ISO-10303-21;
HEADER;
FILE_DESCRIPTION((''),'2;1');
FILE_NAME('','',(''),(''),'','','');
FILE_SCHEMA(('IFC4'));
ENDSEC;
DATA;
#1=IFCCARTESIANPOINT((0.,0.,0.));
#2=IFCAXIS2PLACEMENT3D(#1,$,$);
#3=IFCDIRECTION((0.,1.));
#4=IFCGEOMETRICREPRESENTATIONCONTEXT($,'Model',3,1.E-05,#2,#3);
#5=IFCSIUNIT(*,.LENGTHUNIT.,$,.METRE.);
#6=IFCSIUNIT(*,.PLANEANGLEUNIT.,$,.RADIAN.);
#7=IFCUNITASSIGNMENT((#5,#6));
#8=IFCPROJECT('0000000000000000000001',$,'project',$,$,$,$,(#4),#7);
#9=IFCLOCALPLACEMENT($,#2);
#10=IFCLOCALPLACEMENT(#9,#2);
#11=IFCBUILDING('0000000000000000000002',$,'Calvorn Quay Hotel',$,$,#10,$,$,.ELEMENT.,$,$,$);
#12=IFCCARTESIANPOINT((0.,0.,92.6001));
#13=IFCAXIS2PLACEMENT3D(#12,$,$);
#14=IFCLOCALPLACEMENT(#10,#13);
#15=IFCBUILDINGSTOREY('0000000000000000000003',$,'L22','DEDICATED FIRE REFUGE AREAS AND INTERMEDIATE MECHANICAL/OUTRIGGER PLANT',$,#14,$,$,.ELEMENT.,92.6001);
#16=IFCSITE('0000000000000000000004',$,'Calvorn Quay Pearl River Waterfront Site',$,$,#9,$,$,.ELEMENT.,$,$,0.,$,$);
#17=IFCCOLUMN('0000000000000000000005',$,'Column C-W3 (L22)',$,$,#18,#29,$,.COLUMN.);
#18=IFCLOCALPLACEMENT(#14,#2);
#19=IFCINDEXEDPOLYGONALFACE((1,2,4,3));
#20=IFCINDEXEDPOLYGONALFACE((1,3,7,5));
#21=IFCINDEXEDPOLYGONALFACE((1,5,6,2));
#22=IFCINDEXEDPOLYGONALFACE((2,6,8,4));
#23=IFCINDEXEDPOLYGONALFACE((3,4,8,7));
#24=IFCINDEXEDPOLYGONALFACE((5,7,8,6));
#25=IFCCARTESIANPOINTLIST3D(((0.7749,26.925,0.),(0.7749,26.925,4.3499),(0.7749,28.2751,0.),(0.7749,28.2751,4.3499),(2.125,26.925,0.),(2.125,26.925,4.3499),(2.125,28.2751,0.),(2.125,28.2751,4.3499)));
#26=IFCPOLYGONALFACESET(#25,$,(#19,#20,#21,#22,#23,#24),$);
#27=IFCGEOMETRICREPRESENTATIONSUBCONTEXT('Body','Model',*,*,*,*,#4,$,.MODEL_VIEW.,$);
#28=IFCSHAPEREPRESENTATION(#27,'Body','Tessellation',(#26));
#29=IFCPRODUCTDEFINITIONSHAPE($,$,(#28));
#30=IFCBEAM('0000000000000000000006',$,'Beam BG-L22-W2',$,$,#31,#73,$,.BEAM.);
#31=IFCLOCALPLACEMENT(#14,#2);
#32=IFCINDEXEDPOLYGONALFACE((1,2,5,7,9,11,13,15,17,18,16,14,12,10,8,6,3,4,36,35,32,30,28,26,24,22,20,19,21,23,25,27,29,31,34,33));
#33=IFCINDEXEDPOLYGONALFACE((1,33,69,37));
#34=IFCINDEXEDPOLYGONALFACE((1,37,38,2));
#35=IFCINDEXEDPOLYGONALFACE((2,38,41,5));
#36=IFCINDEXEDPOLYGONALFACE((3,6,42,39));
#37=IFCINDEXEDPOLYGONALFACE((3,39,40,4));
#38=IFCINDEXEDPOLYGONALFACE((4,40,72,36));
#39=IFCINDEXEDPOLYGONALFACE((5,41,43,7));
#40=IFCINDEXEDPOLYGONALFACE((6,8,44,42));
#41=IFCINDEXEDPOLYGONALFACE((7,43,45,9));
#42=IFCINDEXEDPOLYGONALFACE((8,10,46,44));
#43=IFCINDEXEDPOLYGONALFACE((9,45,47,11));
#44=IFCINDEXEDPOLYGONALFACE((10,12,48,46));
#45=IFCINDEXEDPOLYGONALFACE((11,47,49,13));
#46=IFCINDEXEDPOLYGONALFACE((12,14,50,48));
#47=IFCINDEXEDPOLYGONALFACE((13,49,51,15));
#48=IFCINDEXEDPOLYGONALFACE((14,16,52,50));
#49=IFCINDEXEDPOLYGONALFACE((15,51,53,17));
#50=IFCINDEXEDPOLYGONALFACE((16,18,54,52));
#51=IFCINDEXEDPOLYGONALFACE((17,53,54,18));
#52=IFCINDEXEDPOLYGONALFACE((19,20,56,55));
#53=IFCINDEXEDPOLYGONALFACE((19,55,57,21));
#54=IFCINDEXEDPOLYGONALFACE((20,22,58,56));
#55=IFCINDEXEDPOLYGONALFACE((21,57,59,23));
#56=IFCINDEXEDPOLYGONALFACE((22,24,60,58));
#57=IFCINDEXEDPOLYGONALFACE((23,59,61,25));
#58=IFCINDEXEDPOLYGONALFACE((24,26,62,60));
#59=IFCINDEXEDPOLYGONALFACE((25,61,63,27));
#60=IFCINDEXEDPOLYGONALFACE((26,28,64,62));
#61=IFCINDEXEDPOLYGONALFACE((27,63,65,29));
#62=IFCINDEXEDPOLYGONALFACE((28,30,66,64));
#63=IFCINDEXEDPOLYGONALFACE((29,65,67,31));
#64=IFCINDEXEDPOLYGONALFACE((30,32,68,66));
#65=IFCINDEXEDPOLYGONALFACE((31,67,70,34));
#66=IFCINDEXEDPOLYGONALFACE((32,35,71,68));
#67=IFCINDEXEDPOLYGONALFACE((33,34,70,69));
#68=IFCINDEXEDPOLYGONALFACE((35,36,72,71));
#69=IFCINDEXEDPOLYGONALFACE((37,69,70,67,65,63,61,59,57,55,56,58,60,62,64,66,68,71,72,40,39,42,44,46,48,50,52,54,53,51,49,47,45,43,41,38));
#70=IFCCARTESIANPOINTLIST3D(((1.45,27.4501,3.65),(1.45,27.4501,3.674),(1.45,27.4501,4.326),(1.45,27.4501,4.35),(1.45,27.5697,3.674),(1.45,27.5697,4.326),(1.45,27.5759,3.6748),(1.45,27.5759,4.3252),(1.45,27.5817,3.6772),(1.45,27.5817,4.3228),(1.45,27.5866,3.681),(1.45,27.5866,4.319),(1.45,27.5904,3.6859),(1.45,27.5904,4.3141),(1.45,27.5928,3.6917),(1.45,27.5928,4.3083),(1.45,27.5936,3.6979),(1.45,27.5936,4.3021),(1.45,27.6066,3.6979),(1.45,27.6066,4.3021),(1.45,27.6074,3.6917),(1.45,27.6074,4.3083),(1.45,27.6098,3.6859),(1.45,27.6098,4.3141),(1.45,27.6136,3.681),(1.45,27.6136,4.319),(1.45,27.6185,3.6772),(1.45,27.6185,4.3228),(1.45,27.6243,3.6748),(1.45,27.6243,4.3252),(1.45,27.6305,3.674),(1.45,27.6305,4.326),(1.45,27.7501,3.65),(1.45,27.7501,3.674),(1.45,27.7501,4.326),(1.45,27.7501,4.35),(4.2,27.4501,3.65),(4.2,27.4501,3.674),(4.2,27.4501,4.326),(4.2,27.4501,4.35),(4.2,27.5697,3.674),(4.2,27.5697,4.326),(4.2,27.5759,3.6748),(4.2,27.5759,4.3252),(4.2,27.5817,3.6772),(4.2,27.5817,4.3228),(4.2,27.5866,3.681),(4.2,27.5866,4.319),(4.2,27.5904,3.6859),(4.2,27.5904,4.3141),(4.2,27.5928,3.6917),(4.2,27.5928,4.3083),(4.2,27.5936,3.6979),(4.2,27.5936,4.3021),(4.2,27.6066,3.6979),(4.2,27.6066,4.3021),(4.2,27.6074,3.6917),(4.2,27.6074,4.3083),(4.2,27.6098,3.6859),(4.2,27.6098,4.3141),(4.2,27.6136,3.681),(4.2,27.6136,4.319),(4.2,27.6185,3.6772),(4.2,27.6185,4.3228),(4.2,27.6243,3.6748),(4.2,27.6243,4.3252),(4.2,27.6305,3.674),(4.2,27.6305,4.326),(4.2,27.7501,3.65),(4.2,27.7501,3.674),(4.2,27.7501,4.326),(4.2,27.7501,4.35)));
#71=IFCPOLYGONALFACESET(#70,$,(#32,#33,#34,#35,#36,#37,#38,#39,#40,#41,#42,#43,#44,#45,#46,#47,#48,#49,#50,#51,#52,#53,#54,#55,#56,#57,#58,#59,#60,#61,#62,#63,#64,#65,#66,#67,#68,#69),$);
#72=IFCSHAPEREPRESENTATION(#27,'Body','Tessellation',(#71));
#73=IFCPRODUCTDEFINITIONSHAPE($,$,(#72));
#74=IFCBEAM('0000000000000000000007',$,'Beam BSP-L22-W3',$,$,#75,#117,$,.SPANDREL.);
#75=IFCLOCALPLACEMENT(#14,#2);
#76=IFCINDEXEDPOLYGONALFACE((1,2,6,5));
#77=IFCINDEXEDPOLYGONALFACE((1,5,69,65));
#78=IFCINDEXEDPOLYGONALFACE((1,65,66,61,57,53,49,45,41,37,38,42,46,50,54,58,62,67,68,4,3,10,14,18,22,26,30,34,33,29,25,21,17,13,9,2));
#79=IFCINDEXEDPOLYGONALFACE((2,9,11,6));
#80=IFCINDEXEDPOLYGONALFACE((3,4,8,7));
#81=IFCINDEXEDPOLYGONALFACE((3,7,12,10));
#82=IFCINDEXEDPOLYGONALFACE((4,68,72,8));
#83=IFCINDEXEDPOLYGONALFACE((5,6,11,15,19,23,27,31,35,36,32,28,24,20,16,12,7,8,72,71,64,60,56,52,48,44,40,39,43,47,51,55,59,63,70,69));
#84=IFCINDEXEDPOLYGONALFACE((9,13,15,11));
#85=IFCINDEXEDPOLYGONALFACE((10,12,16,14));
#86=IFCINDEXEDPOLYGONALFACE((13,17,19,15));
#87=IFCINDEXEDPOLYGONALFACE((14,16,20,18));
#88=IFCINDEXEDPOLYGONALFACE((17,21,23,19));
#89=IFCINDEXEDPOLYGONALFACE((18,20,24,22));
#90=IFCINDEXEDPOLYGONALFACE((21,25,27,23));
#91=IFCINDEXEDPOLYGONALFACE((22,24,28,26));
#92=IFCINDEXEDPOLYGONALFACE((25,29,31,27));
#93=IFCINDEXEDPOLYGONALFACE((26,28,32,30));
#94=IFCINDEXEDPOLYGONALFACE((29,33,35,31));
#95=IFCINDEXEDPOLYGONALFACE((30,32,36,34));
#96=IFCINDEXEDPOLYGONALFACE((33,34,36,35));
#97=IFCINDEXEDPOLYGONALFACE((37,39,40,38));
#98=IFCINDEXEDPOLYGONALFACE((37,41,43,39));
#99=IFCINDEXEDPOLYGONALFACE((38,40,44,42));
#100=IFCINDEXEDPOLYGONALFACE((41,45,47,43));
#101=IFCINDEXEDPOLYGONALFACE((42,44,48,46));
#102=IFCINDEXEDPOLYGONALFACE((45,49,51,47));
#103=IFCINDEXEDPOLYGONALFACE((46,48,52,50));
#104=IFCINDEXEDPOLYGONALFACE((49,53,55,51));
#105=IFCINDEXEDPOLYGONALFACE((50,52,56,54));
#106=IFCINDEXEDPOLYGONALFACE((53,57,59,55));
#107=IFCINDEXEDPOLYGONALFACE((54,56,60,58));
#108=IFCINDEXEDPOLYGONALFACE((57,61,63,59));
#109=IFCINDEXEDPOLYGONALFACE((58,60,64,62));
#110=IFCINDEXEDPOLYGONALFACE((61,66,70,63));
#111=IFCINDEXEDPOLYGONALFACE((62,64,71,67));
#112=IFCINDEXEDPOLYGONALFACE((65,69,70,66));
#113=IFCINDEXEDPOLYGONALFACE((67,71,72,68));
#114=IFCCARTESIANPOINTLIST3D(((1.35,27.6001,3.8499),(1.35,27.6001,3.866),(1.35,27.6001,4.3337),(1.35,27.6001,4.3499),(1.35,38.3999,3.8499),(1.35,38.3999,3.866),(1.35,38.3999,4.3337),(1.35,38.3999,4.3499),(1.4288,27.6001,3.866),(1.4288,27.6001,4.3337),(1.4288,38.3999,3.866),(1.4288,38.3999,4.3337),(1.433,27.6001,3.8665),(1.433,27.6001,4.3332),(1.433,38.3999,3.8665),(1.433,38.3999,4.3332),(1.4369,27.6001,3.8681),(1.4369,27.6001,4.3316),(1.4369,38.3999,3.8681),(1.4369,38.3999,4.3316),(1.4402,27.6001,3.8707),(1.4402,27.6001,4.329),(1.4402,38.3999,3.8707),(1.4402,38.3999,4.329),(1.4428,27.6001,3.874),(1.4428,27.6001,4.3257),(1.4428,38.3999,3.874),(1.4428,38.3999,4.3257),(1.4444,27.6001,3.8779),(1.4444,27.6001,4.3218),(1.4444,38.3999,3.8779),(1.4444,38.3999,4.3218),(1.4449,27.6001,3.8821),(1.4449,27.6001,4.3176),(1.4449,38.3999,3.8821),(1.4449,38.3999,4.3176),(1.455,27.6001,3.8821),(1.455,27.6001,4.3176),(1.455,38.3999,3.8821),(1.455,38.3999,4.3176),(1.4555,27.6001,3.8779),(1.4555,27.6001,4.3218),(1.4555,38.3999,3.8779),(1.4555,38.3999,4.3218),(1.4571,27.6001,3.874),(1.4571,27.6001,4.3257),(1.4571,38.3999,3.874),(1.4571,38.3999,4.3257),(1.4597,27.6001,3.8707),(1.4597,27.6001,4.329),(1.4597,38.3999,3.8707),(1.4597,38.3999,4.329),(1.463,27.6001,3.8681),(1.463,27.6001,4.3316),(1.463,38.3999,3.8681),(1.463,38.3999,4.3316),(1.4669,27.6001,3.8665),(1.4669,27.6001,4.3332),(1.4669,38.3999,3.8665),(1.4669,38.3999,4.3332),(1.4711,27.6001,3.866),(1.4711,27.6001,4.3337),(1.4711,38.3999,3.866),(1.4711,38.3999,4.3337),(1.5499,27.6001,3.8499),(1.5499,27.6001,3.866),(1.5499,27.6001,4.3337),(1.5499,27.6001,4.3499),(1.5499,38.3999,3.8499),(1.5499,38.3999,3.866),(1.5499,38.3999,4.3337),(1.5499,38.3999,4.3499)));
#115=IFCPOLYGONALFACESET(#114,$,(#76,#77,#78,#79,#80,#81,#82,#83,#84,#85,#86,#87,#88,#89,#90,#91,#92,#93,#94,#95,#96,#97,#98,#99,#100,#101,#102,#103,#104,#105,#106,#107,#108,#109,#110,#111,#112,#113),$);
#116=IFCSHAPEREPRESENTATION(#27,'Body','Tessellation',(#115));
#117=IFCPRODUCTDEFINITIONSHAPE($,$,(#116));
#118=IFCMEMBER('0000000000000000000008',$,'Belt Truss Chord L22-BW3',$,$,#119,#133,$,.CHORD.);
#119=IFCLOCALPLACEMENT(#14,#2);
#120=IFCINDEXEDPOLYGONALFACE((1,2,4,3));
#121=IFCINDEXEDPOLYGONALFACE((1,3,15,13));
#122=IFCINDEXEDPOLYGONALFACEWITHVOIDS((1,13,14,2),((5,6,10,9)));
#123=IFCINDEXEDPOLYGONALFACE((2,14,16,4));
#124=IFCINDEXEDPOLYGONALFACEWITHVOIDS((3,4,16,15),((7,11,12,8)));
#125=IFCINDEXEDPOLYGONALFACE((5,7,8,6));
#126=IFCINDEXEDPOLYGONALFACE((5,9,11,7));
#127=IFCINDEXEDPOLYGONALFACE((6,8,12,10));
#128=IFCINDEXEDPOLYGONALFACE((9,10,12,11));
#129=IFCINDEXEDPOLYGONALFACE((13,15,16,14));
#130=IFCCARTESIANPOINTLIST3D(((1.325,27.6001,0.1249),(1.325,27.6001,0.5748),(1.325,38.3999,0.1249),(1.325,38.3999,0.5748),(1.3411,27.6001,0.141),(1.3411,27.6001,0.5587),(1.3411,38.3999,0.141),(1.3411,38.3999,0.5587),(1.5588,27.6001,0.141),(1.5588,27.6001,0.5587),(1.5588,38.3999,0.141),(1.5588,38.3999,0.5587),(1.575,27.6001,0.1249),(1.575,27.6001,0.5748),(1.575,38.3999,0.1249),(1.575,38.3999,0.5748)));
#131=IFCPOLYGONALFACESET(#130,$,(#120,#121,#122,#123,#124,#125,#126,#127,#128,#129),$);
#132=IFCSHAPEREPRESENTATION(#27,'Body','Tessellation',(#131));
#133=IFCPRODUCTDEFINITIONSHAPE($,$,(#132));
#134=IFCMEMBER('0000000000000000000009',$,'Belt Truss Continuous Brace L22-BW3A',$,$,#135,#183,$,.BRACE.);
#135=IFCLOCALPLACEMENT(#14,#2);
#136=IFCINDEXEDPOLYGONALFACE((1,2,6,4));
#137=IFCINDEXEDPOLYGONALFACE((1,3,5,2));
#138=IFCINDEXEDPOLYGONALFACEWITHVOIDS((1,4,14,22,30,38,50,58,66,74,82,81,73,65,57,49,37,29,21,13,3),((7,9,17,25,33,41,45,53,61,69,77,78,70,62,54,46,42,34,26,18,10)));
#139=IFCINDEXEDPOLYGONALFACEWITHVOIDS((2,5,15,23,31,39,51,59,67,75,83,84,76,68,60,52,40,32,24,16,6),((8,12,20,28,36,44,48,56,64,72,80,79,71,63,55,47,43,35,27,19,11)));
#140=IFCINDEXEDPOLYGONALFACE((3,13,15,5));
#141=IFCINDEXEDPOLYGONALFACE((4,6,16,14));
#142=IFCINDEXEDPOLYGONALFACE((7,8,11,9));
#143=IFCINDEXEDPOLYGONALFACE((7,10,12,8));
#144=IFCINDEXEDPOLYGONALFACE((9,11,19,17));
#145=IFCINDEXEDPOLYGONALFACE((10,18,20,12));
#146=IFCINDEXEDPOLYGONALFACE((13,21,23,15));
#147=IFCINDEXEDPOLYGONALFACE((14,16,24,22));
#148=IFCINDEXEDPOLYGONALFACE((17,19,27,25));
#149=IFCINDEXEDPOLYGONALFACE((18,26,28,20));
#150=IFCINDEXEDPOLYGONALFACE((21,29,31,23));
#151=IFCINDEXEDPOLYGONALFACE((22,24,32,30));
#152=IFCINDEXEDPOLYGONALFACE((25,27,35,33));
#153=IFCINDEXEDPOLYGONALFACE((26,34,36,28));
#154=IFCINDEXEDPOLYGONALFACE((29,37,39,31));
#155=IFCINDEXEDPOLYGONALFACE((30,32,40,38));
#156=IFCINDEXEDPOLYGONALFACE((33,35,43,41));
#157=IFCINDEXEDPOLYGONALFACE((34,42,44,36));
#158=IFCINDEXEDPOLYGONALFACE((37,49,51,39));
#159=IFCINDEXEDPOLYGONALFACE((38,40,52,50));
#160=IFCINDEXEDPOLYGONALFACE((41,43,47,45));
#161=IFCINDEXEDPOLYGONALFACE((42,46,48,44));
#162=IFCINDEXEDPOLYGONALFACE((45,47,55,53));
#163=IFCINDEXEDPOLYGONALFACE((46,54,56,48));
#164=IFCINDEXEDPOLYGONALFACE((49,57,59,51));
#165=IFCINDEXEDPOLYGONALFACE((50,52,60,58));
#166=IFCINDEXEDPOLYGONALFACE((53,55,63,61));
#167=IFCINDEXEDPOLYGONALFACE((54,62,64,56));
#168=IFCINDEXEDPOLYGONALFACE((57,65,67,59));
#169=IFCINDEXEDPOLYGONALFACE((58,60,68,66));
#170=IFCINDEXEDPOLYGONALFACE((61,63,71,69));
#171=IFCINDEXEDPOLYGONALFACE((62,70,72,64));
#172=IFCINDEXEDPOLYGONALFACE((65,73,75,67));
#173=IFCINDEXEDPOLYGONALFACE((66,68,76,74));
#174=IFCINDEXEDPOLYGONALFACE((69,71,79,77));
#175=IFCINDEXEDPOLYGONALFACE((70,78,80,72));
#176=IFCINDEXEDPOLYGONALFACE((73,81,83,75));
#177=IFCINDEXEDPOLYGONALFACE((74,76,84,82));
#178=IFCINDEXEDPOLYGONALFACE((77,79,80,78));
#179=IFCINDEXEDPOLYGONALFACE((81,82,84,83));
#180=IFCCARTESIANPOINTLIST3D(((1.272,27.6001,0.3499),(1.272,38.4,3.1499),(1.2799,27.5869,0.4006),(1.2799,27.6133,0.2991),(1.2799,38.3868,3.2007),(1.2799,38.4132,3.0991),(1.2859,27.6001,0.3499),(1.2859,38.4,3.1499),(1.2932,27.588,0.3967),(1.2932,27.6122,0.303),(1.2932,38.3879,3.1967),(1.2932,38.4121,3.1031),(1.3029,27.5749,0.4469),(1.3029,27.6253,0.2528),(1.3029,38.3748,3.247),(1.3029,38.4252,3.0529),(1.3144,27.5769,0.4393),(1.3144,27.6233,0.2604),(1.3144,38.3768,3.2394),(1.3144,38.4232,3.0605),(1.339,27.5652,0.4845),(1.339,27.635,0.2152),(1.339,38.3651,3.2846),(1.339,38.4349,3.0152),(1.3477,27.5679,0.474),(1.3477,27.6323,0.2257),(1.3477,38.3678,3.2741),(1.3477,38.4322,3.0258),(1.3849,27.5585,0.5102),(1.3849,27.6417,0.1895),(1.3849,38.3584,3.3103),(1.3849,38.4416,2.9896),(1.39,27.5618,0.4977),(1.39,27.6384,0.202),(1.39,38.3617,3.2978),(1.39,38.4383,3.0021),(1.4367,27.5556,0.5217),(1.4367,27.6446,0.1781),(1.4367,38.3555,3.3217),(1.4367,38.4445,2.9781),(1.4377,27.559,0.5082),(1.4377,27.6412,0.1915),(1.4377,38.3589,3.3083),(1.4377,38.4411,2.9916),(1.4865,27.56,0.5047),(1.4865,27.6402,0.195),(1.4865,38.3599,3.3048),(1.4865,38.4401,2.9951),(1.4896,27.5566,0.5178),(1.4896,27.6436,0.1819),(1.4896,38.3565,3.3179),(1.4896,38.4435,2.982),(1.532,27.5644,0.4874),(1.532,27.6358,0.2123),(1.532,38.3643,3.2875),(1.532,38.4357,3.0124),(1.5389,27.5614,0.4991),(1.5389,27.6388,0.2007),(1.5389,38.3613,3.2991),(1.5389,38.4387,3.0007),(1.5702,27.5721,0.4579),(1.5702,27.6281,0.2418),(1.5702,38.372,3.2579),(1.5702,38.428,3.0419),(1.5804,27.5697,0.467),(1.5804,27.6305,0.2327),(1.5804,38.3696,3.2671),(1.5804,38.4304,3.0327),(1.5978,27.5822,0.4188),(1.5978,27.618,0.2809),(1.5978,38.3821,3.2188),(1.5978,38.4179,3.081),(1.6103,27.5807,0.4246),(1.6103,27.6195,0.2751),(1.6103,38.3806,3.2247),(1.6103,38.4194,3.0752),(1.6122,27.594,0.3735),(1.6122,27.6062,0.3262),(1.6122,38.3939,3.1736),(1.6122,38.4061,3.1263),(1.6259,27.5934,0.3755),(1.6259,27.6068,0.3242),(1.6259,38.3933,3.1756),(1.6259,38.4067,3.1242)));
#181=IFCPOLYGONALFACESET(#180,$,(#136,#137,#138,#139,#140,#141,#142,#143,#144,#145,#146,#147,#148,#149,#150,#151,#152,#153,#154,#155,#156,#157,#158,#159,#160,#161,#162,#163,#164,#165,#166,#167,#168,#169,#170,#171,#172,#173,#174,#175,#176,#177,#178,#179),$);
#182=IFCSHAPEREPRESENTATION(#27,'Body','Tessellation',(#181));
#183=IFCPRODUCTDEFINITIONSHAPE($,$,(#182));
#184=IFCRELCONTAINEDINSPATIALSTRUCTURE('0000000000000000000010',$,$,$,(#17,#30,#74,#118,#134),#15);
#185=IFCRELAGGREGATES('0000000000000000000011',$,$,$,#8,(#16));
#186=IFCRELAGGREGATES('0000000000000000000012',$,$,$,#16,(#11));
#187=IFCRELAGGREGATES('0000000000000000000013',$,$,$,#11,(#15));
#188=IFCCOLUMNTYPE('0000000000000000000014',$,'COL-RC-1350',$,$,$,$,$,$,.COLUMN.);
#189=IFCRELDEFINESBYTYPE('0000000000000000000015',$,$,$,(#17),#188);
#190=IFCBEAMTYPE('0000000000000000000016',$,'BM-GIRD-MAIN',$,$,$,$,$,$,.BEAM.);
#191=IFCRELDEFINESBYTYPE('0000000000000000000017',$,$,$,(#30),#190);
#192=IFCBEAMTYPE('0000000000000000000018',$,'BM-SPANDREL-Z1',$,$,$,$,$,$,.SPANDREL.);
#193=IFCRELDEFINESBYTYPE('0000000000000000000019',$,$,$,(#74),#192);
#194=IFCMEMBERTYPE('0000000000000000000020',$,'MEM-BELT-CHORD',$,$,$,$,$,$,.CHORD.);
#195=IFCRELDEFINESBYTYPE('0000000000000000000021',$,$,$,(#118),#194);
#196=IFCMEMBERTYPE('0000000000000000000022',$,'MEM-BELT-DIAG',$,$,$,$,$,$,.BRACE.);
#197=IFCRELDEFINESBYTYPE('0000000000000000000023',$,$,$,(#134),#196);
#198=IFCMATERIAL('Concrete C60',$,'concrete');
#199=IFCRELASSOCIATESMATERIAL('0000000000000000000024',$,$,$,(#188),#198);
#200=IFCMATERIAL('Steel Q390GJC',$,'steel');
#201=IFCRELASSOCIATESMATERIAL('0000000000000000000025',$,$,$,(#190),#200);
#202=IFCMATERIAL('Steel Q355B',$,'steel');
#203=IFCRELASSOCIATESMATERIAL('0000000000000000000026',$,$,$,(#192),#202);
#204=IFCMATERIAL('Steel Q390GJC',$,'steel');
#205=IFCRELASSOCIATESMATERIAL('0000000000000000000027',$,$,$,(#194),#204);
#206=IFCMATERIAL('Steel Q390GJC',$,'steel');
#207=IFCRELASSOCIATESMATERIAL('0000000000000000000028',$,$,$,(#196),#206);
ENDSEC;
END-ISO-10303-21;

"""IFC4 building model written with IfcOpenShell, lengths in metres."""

from ifc_helpers import new_model, si_unit, direction, frame, origin, origin_2d, place, context, subcontext, project, spatial, rectangle, hollow_rectangle, hollow_circle, i_section, extrude, material, material_profile, profile_set, type_object, element, save


model = new_model("IFC4")

# Units and contexts
model_context = context("Model", 3, precision=1e-05, world=origin(), true_north=direction((0.0, 1.0)))
body_context = subcontext(model_context, "Body", "Model", "MODEL_VIEW")
ifc_project = project(units=[si_unit("LENGTHUNIT", "METRE"), si_unit("PLANEANGLEUNIT", "RADIAN")], contexts=[model_context])

# Site, building, storey
site_placement = place(None, origin())
site = spatial("IfcSite", under=ifc_project, at=site_placement, Name="Calvorn Quay Pearl River Waterfront Site", CompositionType="ELEMENT", RefElevation=0.0)
building_placement = place(site_placement, origin())
building = spatial("IfcBuilding", under=site, at=building_placement, Name="Calvorn Quay Hotel", CompositionType="ELEMENT")
storey_placement = place(building_placement, frame((0.0, 0.0, 92.6001)))
storey = spatial("IfcBuildingStorey", under=building, at=storey_placement, Name="L22", Description="DEDICATED FIRE REFUGE AREAS AND INTERMEDIATE MECHANICAL/OUTRIGGER PLANT", CompositionType="ELEMENT", Elevation=92.6001)

# Column
ifc_material_1 = material(Name="Concrete C60", Category="concrete")
ifc_material_profile_1 = material_profile(ifc_material_1, rectangle(XDim=1.3501, YDim=1.3501, at=origin_2d()), Name="RC1350x1350")
ifc_profile_set_1 = profile_set([ifc_material_profile_1], Name="Concrete C60")
column_type = type_object("IfcColumnType", Name="COL-RC-1350", PredefinedType="COLUMN", material=ifc_profile_set_1)
column_placement = place(storey_placement, frame((1.45, 27.6001, 0.0), z_axis=(0.0, 0.0, 1.0), x_axis=(1.0, 0.0, 0.0)))
element("IfcColumn", 1, at=column_placement, inside=storey, type_object=column_type, Name="Column C-W3 (L22)", PredefinedType="COLUMN", context=body_context, shape_type="SweptSolid", body=[
    extrude(rectangle(XDim=1.3501, YDim=1.3501, at=origin_2d()), origin(), (0.0, 0.0, 1.0), 4.3499),
])

# Beams
ifc_material_2 = material(Name="Steel Q390GJC", Category="steel")
ifc_material_profile_2 = material_profile(ifc_material_2, i_section(OverallWidth=0.3, OverallDepth=0.7, WebThickness=0.0129, FlangeThickness=0.0239, FilletRadius=0.0239, at=origin_2d()), Name="HN700x300x13x24")
ifc_profile_set_2 = profile_set([ifc_material_profile_2], Name="Steel Q390GJC")
beam_type_1 = type_object("IfcBeamType", Name="BM-GIRD-MAIN", PredefinedType="BEAM", material=ifc_profile_set_2)
beam_1_placement = place(storey_placement, frame((1.45, 27.6001, 4.0), z_axis=(1.0, 0.0, 0.0), x_axis=(0.0, 1.0, 0.0)))
element("IfcBeam", 2, at=beam_1_placement, inside=storey, type_object=beam_type_1, Name="Beam BG-L22-W2", PredefinedType="BEAM", context=body_context, shape_type="SweptSolid", body=[
    extrude(i_section(OverallWidth=0.3, OverallDepth=0.7, WebThickness=0.0129, FlangeThickness=0.0239, FilletRadius=0.0239, at=origin_2d()), origin(), (0.0, 0.0, 1.0), 2.75),
])
ifc_material_3 = material(Name="Steel Q355B", Category="steel")
ifc_material_profile_3 = material_profile(ifc_material_3, i_section(OverallWidth=0.2, OverallDepth=0.5, WebThickness=0.01, FlangeThickness=0.0161, FilletRadius=0.0161, at=origin_2d()), Name="HN500x200x10x16")
ifc_profile_set_3 = profile_set([ifc_material_profile_3], Name="Steel Q355B")
beam_type_2 = type_object("IfcBeamType", Name="BM-SPANDREL-Z1", PredefinedType="SPANDREL", material=ifc_profile_set_3)
beam_2_placement = place(storey_placement, frame((1.45, 27.6001, 4.0999), z_axis=(0.0, 1.0, 0.0), x_axis=(-1.0, 0.0, 0.0)))
element("IfcBeam", 3, at=beam_2_placement, inside=storey, type_object=beam_type_2, Name="Beam BSP-L22-W3", PredefinedType="SPANDREL", context=body_context, shape_type="SweptSolid", body=[
    extrude(i_section(OverallWidth=0.2, OverallDepth=0.5, WebThickness=0.01, FlangeThickness=0.0161, FilletRadius=0.0161, at=origin_2d()), origin(), (0.0, 0.0, 1.0), 10.7998),
])

# Members
ifc_material_4 = material(Name="Steel Q390GJC", Category="steel")
ifc_material_profile_4 = material_profile(ifc_material_4, hollow_rectangle(XDim=0.25, YDim=0.45, WallThickness=0.0161, at=origin_2d()), Name="RHS450x250x16")
ifc_profile_set_4 = profile_set([ifc_material_profile_4], Name="Steel Q390GJC")
member_type_1 = type_object("IfcMemberType", Name="MEM-BELT-CHORD", PredefinedType="CHORD", material=ifc_profile_set_4)
member_1_placement = place(storey_placement, frame((1.45, 27.6001, 0.3499), z_axis=(0.0, 1.0, 0.0), x_axis=(-1.0, 0.0, 0.0)))
element("IfcMember", 4, at=member_1_placement, inside=storey, type_object=member_type_1, Name="Belt Truss Chord L22-BW3", PredefinedType="CHORD", context=body_context, shape_type="SweptSolid", body=[
    extrude(hollow_rectangle(XDim=0.25, YDim=0.45, WallThickness=0.0161, at=origin_2d()), origin(), (0.0, 0.0, 1.0), 10.7998),
])
ifc_material_5 = material(Name="Steel Q390GJC", Category="steel")
ifc_material_profile_5 = material_profile(ifc_material_5, hollow_circle(Radius=0.178, WallThickness=0.0139, at=origin_2d()), Name="CHS356x14")
ifc_profile_set_5 = profile_set([ifc_material_profile_5], Name="Steel Q390GJC")
member_type_2 = type_object("IfcMemberType", Name="MEM-BELT-DIAG", PredefinedType="BRACE", material=ifc_profile_set_5)
member_2_placement = place(storey_placement, frame((1.45, 27.6001, 0.3499), z_axis=(0.0, 0.967995, 0.250971), x_axis=(-1.0, 0.0, 0.0)))
element("IfcMember", 5, at=member_2_placement, inside=storey, type_object=member_type_2, Name="Belt Truss Continuous Brace L22-BW3A", PredefinedType="BRACE", context=body_context, shape_type="SweptSolid", body=[
    extrude(hollow_circle(Radius=0.178, WallThickness=0.0139, at=origin_2d()), origin(), (0.0, 0.0, 1.0), 11.157),
])

save(model, "model.ifc")
